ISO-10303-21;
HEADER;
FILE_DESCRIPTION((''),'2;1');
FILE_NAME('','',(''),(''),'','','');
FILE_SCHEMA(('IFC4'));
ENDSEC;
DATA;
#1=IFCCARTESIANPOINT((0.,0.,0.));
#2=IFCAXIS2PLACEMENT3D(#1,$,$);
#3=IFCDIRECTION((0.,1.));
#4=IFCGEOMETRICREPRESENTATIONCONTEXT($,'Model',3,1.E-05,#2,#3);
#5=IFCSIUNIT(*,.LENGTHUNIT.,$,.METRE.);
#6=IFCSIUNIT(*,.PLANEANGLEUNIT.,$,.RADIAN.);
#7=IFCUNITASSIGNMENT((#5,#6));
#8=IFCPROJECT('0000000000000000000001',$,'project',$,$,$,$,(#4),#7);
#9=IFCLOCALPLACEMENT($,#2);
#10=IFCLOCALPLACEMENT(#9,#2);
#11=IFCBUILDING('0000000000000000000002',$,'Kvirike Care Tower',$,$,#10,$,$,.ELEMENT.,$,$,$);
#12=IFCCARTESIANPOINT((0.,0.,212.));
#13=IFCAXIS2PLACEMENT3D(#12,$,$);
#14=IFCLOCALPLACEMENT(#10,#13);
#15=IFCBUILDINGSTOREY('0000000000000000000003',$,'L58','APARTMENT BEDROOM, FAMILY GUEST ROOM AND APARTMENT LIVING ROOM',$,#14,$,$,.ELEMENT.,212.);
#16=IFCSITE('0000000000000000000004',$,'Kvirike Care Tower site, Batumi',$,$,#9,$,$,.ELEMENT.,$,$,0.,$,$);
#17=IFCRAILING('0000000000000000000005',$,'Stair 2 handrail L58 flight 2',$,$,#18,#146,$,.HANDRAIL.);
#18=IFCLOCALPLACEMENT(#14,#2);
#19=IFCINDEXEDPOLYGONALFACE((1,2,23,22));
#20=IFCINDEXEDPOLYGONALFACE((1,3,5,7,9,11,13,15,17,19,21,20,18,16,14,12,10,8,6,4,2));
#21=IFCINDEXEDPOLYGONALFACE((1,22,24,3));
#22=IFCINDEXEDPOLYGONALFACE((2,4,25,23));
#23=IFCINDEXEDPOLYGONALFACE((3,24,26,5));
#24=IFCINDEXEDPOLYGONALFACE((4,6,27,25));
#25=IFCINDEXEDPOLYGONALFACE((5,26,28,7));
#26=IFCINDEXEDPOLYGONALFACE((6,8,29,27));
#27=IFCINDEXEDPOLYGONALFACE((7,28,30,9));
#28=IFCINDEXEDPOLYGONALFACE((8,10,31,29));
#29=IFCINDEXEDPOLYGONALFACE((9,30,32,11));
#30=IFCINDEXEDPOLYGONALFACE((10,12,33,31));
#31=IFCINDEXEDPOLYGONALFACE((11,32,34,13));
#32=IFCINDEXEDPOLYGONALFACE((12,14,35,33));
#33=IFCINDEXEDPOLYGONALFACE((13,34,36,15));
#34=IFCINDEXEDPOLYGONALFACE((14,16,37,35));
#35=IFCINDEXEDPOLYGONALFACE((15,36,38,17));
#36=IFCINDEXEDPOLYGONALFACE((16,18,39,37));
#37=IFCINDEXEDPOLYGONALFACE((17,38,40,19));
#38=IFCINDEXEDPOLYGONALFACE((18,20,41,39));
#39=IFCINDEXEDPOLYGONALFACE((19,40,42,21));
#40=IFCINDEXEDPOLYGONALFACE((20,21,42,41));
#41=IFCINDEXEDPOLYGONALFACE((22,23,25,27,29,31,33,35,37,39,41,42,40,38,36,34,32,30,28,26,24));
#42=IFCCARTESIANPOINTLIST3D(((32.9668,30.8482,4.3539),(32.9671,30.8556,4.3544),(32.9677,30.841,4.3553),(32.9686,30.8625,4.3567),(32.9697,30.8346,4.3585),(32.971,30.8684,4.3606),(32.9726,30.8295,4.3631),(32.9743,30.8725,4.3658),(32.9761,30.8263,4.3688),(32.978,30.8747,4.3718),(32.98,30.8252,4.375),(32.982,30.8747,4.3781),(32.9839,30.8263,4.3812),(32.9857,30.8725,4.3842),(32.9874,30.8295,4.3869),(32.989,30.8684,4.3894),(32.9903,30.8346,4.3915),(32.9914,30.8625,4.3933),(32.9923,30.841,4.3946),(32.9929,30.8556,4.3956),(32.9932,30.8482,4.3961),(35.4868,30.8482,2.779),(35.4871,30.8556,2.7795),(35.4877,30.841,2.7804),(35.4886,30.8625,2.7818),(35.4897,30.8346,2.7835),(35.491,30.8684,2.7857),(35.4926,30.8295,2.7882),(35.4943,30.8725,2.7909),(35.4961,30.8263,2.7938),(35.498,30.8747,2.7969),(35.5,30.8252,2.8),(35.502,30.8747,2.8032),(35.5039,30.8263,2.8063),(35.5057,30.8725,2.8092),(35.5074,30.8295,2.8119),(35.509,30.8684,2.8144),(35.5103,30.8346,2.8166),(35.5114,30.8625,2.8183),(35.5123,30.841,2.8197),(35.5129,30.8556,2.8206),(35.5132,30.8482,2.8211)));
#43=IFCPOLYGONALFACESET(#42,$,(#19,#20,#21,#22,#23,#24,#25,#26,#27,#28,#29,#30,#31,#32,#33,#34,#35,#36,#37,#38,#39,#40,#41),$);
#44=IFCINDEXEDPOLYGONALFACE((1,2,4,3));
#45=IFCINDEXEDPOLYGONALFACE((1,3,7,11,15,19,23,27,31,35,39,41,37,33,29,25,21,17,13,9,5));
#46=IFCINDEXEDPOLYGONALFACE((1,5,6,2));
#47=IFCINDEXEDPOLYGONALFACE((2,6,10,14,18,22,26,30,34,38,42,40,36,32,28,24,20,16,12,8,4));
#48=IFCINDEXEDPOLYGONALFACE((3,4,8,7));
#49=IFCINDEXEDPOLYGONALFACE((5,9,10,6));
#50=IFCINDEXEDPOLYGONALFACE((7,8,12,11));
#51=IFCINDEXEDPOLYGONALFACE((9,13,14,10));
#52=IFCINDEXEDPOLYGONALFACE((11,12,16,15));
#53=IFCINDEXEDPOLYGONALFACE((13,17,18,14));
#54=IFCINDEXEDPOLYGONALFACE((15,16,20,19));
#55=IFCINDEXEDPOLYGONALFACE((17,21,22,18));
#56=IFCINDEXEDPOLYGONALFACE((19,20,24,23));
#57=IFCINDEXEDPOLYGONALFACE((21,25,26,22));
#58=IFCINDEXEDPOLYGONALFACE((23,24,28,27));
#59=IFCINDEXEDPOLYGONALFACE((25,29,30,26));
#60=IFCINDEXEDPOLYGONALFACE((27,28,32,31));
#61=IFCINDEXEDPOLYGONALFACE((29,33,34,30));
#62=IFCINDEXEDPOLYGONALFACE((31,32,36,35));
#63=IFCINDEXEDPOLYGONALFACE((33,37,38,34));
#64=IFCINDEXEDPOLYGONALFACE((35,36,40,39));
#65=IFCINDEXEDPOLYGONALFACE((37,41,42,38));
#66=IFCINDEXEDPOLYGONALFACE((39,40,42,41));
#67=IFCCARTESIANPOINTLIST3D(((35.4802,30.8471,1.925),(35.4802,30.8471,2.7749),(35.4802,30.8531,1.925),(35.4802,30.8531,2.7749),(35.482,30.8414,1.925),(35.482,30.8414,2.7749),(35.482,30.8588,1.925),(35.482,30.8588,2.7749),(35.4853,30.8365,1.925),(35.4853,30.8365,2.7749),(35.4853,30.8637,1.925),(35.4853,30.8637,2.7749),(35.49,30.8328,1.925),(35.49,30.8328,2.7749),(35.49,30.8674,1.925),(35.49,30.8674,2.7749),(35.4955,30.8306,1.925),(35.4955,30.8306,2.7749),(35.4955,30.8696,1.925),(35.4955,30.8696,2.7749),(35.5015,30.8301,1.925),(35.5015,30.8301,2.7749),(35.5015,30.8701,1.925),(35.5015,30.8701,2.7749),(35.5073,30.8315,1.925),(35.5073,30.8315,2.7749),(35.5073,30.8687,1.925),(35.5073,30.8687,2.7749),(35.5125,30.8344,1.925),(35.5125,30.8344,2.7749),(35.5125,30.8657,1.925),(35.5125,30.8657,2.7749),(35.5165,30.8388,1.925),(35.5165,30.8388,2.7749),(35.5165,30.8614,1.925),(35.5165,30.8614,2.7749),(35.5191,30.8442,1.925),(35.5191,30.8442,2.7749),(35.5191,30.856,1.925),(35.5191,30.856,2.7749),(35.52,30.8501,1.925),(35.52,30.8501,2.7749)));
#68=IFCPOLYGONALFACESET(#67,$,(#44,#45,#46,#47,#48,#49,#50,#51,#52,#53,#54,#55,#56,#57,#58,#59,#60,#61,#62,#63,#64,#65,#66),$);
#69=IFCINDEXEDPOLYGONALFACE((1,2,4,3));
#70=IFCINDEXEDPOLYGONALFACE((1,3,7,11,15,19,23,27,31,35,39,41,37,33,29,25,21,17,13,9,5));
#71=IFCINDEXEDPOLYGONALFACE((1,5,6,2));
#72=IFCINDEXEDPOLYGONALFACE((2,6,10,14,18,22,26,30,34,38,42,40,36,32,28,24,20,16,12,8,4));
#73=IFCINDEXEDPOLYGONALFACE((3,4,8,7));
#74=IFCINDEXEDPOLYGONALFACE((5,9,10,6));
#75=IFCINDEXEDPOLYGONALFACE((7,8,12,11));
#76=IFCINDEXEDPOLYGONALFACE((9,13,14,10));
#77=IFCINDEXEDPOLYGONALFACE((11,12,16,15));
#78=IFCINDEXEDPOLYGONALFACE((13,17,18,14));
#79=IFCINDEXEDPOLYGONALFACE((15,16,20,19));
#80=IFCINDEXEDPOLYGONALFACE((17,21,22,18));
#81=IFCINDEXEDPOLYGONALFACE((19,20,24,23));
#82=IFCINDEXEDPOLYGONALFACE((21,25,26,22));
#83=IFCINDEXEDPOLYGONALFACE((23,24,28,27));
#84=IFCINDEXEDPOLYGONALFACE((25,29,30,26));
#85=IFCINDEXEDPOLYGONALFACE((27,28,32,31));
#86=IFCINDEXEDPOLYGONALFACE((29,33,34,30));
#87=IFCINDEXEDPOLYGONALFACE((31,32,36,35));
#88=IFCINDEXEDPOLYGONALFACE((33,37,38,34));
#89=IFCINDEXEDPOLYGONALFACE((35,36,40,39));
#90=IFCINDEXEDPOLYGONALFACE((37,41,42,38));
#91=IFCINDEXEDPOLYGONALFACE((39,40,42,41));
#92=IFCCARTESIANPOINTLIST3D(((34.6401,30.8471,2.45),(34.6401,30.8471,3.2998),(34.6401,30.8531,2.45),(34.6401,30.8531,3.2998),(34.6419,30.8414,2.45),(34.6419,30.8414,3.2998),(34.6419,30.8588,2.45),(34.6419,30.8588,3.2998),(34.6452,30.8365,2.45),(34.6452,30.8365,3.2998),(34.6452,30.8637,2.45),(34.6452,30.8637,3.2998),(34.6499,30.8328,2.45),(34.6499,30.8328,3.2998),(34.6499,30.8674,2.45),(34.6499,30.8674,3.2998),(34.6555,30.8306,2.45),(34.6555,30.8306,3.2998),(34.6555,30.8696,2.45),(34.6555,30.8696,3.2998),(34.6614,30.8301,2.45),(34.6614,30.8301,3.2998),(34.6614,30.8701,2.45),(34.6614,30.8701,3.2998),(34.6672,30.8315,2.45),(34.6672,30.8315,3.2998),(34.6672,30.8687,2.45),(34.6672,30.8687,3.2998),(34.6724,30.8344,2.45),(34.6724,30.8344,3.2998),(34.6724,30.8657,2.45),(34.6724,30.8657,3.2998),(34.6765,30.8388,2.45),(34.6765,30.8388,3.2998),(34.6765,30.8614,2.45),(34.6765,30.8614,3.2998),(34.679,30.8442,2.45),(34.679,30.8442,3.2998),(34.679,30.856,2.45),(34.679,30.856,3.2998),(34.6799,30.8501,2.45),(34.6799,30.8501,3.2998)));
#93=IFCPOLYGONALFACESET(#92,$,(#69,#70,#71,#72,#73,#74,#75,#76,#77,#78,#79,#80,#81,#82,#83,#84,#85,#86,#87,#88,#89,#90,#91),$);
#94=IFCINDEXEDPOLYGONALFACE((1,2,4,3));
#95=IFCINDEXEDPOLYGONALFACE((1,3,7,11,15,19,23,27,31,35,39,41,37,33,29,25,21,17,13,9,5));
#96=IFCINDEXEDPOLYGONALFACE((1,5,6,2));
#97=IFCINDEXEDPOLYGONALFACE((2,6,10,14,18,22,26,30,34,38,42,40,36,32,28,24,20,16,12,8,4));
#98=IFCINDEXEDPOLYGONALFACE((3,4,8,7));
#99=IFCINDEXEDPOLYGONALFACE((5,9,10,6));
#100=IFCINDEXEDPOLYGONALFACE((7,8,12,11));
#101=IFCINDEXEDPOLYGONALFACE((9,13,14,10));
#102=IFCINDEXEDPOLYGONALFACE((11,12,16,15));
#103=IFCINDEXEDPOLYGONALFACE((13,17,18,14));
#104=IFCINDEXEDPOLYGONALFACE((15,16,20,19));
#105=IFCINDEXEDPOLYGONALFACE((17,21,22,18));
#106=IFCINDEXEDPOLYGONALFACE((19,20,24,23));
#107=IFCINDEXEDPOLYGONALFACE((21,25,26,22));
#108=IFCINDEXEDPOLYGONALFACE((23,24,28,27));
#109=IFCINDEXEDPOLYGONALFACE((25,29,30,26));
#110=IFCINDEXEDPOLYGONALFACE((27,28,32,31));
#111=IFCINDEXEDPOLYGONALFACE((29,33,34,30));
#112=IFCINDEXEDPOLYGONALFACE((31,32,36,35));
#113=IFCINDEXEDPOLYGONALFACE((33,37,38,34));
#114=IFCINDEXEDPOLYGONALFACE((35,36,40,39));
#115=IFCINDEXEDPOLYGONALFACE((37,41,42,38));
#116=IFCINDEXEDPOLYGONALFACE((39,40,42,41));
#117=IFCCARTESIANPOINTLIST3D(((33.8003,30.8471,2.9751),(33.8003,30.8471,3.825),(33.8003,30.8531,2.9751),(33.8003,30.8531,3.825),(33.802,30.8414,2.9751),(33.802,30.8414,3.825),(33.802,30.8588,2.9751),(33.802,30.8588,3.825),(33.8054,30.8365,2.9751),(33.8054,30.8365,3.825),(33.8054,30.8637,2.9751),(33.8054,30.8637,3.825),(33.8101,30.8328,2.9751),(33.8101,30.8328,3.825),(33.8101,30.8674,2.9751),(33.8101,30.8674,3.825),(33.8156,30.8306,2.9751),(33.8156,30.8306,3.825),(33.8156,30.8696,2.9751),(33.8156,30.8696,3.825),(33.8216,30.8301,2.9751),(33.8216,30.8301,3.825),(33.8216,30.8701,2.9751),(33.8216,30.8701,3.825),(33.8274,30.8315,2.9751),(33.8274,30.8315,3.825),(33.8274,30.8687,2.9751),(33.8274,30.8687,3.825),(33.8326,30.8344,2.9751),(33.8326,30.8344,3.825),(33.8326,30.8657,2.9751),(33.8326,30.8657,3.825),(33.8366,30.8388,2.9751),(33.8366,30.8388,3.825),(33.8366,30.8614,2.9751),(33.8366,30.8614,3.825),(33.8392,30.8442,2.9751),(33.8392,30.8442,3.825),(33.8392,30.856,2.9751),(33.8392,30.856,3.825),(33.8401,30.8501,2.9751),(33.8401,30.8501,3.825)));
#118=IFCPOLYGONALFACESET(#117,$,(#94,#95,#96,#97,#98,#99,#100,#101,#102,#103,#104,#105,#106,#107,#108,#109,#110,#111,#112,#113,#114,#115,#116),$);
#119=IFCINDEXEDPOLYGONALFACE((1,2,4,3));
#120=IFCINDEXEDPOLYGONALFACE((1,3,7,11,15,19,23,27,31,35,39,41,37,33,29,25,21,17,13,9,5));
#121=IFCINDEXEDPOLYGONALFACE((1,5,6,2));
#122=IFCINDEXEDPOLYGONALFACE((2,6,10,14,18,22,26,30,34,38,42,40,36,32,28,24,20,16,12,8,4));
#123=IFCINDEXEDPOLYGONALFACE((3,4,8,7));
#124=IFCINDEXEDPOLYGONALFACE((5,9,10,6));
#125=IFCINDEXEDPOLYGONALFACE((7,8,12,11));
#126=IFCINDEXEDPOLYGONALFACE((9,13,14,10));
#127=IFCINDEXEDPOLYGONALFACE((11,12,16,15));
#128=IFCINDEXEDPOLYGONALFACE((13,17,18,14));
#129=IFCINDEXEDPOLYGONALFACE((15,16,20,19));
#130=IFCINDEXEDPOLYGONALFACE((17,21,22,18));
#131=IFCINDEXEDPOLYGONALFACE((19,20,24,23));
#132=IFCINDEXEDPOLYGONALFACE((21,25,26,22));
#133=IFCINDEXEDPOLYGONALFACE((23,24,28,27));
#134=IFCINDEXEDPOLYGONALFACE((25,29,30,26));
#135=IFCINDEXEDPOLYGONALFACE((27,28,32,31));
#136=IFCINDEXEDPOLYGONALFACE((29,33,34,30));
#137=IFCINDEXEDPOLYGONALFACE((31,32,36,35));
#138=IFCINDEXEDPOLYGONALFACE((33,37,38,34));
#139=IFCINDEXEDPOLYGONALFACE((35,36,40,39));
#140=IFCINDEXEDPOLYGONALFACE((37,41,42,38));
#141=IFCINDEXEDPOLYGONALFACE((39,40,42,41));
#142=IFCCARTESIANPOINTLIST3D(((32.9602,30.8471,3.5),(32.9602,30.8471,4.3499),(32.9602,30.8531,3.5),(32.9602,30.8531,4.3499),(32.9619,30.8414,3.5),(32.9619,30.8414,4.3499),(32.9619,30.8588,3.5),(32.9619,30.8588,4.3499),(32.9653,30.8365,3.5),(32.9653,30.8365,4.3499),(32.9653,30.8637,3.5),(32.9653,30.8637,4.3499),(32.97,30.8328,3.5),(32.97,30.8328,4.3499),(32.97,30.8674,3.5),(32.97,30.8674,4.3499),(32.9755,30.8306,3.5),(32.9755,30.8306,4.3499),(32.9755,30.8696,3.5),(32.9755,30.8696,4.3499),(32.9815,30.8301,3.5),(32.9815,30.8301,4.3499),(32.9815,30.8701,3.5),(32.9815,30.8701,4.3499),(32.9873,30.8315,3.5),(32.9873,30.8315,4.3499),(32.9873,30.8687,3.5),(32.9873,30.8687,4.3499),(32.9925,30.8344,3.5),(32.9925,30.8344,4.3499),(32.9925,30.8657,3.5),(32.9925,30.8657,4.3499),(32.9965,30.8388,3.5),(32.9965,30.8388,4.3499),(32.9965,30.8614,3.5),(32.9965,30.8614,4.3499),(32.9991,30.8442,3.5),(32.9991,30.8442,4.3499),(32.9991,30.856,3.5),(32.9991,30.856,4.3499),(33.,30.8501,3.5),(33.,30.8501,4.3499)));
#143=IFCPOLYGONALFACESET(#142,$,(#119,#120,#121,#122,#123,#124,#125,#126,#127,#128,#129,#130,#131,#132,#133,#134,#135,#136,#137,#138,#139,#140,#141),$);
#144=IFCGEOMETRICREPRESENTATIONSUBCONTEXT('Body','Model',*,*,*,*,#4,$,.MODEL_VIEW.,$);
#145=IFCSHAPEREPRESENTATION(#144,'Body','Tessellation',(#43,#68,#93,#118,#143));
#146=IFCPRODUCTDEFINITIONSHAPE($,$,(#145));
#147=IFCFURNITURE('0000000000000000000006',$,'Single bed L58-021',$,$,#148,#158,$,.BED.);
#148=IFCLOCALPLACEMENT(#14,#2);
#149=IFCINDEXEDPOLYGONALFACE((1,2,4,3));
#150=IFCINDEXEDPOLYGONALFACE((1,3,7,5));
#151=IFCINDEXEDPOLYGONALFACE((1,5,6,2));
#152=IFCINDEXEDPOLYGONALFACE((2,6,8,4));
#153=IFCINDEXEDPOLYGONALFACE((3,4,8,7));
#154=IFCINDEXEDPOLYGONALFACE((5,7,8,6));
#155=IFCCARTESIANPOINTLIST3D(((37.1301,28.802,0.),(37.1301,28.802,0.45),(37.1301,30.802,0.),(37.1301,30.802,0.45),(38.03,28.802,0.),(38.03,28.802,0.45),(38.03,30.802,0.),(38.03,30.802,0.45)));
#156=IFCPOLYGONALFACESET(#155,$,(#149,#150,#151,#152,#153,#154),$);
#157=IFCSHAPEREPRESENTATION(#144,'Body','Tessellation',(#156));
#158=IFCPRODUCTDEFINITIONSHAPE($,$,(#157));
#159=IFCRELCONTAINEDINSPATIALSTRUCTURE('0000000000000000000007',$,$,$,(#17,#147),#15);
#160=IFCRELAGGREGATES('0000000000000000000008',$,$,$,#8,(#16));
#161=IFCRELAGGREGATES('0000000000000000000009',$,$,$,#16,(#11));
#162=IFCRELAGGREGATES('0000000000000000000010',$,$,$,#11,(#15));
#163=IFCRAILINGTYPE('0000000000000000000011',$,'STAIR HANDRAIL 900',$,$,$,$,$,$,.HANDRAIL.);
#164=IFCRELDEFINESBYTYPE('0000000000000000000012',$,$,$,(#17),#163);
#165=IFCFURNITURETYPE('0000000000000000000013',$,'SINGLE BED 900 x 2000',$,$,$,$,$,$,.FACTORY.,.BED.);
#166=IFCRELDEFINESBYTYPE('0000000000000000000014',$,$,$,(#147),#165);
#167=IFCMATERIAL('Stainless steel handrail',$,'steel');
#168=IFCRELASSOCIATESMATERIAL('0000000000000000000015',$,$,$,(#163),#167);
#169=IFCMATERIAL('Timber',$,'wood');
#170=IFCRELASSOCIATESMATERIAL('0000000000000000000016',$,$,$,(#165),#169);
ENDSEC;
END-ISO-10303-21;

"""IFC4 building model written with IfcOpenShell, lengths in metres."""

from ifc_helpers import new_model, si_unit, direction, frame, origin, origin_2d, place, context, subcontext, project, spatial, rectangle, circle, extrude, material, type_object, element, save


model = new_model("IFC4")

# Units and contexts
model_context = context("Model", 3, precision=1e-05, world=origin(), true_north=direction((0.0, 1.0)))
body_context = subcontext(model_context, "Body", "Model", "MODEL_VIEW")
ifc_project = project(units=[si_unit("LENGTHUNIT", "METRE"), si_unit("PLANEANGLEUNIT", "RADIAN")], contexts=[model_context])

# Site, building, storey
site_placement = place(None, origin())
site = spatial("IfcSite", under=ifc_project, at=site_placement, Name="Kvirike Care Tower site, Batumi", CompositionType="ELEMENT", RefElevation=0.0)
building_placement = place(site_placement, origin())
building = spatial("IfcBuilding", under=site, at=building_placement, Name="Kvirike Care Tower", CompositionType="ELEMENT")
storey_placement = place(building_placement, frame((0.0, 0.0, 212.0)))
storey = spatial("IfcBuildingStorey", under=building, at=storey_placement, Name="L58", Description="APARTMENT BEDROOM, FAMILY GUEST ROOM AND APARTMENT LIVING ROOM", CompositionType="ELEMENT", Elevation=212.0)

# Railing
ifc_material_1 = material(Name="Stainless steel handrail", Category="steel")
railing_type = type_object("IfcRailingType", Name="STAIR HANDRAIL 900", PredefinedType="HANDRAIL", material=ifc_material_1)
railing_1_placement = place(storey_placement, frame((35.5, 30.8501, 1.925)))
element("IfcRailing", 1, at=railing_1_placement, inside=storey, type_object=railing_type, Name="Stair 2 handrail L58 flight 2", PredefinedType="HANDRAIL", context=body_context, shape_type="SweptSolid", body=[
    extrude(circle(Radius=0.0249, at=origin_2d()), frame((0.0, 0.0, 0.875), z_axis=(-0.848008, 0.0, 0.529984), x_axis=(0.0, -1.0, 0.0)), (0.0, 0.0, 1.0), 2.9717),
    extrude(circle(Radius=0.02, at=origin_2d()), origin(), (0.0, 0.0, 1.0), 0.8499),
    extrude(circle(Radius=0.02, at=origin_2d()), frame((-0.8401, 0.0, 0.5249)), (0.0, 0.0, 1.0), 0.8499),
    extrude(circle(Radius=0.02, at=origin_2d()), frame((-1.6799, 0.0, 1.05)), (0.0, 0.0, 1.0), 0.8499),
    extrude(circle(Radius=0.02, at=origin_2d()), frame((-2.52, 0.0, 1.575)), (0.0, 0.0, 1.0), 0.8499),
])

# Furniture
ifc_material_2 = material(Name="Timber", Category="wood")
furniture_type = type_object("IfcFurnitureType", Name="SINGLE BED 900 x 2000", AssemblyPlace="FACTORY", PredefinedType="BED", material=ifc_material_2)
furniture_placement = place(storey_placement, frame((37.5801, 29.802, 0.0), z_axis=(0.0, 0.0, 1.0), x_axis=(-1.0, 0.0, 0.0)))
element("IfcFurniture", 2, at=furniture_placement, inside=storey, type_object=furniture_type, Name="Single bed L58-021", PredefinedType="BED", context=body_context, shape_type="SweptSolid", body=[
    extrude(rectangle(XDim=0.8999, YDim=2.0, at=origin_2d()), origin(), (0.0, 0.0, 1.0), 0.45),
])

save(model, "model.ifc")
